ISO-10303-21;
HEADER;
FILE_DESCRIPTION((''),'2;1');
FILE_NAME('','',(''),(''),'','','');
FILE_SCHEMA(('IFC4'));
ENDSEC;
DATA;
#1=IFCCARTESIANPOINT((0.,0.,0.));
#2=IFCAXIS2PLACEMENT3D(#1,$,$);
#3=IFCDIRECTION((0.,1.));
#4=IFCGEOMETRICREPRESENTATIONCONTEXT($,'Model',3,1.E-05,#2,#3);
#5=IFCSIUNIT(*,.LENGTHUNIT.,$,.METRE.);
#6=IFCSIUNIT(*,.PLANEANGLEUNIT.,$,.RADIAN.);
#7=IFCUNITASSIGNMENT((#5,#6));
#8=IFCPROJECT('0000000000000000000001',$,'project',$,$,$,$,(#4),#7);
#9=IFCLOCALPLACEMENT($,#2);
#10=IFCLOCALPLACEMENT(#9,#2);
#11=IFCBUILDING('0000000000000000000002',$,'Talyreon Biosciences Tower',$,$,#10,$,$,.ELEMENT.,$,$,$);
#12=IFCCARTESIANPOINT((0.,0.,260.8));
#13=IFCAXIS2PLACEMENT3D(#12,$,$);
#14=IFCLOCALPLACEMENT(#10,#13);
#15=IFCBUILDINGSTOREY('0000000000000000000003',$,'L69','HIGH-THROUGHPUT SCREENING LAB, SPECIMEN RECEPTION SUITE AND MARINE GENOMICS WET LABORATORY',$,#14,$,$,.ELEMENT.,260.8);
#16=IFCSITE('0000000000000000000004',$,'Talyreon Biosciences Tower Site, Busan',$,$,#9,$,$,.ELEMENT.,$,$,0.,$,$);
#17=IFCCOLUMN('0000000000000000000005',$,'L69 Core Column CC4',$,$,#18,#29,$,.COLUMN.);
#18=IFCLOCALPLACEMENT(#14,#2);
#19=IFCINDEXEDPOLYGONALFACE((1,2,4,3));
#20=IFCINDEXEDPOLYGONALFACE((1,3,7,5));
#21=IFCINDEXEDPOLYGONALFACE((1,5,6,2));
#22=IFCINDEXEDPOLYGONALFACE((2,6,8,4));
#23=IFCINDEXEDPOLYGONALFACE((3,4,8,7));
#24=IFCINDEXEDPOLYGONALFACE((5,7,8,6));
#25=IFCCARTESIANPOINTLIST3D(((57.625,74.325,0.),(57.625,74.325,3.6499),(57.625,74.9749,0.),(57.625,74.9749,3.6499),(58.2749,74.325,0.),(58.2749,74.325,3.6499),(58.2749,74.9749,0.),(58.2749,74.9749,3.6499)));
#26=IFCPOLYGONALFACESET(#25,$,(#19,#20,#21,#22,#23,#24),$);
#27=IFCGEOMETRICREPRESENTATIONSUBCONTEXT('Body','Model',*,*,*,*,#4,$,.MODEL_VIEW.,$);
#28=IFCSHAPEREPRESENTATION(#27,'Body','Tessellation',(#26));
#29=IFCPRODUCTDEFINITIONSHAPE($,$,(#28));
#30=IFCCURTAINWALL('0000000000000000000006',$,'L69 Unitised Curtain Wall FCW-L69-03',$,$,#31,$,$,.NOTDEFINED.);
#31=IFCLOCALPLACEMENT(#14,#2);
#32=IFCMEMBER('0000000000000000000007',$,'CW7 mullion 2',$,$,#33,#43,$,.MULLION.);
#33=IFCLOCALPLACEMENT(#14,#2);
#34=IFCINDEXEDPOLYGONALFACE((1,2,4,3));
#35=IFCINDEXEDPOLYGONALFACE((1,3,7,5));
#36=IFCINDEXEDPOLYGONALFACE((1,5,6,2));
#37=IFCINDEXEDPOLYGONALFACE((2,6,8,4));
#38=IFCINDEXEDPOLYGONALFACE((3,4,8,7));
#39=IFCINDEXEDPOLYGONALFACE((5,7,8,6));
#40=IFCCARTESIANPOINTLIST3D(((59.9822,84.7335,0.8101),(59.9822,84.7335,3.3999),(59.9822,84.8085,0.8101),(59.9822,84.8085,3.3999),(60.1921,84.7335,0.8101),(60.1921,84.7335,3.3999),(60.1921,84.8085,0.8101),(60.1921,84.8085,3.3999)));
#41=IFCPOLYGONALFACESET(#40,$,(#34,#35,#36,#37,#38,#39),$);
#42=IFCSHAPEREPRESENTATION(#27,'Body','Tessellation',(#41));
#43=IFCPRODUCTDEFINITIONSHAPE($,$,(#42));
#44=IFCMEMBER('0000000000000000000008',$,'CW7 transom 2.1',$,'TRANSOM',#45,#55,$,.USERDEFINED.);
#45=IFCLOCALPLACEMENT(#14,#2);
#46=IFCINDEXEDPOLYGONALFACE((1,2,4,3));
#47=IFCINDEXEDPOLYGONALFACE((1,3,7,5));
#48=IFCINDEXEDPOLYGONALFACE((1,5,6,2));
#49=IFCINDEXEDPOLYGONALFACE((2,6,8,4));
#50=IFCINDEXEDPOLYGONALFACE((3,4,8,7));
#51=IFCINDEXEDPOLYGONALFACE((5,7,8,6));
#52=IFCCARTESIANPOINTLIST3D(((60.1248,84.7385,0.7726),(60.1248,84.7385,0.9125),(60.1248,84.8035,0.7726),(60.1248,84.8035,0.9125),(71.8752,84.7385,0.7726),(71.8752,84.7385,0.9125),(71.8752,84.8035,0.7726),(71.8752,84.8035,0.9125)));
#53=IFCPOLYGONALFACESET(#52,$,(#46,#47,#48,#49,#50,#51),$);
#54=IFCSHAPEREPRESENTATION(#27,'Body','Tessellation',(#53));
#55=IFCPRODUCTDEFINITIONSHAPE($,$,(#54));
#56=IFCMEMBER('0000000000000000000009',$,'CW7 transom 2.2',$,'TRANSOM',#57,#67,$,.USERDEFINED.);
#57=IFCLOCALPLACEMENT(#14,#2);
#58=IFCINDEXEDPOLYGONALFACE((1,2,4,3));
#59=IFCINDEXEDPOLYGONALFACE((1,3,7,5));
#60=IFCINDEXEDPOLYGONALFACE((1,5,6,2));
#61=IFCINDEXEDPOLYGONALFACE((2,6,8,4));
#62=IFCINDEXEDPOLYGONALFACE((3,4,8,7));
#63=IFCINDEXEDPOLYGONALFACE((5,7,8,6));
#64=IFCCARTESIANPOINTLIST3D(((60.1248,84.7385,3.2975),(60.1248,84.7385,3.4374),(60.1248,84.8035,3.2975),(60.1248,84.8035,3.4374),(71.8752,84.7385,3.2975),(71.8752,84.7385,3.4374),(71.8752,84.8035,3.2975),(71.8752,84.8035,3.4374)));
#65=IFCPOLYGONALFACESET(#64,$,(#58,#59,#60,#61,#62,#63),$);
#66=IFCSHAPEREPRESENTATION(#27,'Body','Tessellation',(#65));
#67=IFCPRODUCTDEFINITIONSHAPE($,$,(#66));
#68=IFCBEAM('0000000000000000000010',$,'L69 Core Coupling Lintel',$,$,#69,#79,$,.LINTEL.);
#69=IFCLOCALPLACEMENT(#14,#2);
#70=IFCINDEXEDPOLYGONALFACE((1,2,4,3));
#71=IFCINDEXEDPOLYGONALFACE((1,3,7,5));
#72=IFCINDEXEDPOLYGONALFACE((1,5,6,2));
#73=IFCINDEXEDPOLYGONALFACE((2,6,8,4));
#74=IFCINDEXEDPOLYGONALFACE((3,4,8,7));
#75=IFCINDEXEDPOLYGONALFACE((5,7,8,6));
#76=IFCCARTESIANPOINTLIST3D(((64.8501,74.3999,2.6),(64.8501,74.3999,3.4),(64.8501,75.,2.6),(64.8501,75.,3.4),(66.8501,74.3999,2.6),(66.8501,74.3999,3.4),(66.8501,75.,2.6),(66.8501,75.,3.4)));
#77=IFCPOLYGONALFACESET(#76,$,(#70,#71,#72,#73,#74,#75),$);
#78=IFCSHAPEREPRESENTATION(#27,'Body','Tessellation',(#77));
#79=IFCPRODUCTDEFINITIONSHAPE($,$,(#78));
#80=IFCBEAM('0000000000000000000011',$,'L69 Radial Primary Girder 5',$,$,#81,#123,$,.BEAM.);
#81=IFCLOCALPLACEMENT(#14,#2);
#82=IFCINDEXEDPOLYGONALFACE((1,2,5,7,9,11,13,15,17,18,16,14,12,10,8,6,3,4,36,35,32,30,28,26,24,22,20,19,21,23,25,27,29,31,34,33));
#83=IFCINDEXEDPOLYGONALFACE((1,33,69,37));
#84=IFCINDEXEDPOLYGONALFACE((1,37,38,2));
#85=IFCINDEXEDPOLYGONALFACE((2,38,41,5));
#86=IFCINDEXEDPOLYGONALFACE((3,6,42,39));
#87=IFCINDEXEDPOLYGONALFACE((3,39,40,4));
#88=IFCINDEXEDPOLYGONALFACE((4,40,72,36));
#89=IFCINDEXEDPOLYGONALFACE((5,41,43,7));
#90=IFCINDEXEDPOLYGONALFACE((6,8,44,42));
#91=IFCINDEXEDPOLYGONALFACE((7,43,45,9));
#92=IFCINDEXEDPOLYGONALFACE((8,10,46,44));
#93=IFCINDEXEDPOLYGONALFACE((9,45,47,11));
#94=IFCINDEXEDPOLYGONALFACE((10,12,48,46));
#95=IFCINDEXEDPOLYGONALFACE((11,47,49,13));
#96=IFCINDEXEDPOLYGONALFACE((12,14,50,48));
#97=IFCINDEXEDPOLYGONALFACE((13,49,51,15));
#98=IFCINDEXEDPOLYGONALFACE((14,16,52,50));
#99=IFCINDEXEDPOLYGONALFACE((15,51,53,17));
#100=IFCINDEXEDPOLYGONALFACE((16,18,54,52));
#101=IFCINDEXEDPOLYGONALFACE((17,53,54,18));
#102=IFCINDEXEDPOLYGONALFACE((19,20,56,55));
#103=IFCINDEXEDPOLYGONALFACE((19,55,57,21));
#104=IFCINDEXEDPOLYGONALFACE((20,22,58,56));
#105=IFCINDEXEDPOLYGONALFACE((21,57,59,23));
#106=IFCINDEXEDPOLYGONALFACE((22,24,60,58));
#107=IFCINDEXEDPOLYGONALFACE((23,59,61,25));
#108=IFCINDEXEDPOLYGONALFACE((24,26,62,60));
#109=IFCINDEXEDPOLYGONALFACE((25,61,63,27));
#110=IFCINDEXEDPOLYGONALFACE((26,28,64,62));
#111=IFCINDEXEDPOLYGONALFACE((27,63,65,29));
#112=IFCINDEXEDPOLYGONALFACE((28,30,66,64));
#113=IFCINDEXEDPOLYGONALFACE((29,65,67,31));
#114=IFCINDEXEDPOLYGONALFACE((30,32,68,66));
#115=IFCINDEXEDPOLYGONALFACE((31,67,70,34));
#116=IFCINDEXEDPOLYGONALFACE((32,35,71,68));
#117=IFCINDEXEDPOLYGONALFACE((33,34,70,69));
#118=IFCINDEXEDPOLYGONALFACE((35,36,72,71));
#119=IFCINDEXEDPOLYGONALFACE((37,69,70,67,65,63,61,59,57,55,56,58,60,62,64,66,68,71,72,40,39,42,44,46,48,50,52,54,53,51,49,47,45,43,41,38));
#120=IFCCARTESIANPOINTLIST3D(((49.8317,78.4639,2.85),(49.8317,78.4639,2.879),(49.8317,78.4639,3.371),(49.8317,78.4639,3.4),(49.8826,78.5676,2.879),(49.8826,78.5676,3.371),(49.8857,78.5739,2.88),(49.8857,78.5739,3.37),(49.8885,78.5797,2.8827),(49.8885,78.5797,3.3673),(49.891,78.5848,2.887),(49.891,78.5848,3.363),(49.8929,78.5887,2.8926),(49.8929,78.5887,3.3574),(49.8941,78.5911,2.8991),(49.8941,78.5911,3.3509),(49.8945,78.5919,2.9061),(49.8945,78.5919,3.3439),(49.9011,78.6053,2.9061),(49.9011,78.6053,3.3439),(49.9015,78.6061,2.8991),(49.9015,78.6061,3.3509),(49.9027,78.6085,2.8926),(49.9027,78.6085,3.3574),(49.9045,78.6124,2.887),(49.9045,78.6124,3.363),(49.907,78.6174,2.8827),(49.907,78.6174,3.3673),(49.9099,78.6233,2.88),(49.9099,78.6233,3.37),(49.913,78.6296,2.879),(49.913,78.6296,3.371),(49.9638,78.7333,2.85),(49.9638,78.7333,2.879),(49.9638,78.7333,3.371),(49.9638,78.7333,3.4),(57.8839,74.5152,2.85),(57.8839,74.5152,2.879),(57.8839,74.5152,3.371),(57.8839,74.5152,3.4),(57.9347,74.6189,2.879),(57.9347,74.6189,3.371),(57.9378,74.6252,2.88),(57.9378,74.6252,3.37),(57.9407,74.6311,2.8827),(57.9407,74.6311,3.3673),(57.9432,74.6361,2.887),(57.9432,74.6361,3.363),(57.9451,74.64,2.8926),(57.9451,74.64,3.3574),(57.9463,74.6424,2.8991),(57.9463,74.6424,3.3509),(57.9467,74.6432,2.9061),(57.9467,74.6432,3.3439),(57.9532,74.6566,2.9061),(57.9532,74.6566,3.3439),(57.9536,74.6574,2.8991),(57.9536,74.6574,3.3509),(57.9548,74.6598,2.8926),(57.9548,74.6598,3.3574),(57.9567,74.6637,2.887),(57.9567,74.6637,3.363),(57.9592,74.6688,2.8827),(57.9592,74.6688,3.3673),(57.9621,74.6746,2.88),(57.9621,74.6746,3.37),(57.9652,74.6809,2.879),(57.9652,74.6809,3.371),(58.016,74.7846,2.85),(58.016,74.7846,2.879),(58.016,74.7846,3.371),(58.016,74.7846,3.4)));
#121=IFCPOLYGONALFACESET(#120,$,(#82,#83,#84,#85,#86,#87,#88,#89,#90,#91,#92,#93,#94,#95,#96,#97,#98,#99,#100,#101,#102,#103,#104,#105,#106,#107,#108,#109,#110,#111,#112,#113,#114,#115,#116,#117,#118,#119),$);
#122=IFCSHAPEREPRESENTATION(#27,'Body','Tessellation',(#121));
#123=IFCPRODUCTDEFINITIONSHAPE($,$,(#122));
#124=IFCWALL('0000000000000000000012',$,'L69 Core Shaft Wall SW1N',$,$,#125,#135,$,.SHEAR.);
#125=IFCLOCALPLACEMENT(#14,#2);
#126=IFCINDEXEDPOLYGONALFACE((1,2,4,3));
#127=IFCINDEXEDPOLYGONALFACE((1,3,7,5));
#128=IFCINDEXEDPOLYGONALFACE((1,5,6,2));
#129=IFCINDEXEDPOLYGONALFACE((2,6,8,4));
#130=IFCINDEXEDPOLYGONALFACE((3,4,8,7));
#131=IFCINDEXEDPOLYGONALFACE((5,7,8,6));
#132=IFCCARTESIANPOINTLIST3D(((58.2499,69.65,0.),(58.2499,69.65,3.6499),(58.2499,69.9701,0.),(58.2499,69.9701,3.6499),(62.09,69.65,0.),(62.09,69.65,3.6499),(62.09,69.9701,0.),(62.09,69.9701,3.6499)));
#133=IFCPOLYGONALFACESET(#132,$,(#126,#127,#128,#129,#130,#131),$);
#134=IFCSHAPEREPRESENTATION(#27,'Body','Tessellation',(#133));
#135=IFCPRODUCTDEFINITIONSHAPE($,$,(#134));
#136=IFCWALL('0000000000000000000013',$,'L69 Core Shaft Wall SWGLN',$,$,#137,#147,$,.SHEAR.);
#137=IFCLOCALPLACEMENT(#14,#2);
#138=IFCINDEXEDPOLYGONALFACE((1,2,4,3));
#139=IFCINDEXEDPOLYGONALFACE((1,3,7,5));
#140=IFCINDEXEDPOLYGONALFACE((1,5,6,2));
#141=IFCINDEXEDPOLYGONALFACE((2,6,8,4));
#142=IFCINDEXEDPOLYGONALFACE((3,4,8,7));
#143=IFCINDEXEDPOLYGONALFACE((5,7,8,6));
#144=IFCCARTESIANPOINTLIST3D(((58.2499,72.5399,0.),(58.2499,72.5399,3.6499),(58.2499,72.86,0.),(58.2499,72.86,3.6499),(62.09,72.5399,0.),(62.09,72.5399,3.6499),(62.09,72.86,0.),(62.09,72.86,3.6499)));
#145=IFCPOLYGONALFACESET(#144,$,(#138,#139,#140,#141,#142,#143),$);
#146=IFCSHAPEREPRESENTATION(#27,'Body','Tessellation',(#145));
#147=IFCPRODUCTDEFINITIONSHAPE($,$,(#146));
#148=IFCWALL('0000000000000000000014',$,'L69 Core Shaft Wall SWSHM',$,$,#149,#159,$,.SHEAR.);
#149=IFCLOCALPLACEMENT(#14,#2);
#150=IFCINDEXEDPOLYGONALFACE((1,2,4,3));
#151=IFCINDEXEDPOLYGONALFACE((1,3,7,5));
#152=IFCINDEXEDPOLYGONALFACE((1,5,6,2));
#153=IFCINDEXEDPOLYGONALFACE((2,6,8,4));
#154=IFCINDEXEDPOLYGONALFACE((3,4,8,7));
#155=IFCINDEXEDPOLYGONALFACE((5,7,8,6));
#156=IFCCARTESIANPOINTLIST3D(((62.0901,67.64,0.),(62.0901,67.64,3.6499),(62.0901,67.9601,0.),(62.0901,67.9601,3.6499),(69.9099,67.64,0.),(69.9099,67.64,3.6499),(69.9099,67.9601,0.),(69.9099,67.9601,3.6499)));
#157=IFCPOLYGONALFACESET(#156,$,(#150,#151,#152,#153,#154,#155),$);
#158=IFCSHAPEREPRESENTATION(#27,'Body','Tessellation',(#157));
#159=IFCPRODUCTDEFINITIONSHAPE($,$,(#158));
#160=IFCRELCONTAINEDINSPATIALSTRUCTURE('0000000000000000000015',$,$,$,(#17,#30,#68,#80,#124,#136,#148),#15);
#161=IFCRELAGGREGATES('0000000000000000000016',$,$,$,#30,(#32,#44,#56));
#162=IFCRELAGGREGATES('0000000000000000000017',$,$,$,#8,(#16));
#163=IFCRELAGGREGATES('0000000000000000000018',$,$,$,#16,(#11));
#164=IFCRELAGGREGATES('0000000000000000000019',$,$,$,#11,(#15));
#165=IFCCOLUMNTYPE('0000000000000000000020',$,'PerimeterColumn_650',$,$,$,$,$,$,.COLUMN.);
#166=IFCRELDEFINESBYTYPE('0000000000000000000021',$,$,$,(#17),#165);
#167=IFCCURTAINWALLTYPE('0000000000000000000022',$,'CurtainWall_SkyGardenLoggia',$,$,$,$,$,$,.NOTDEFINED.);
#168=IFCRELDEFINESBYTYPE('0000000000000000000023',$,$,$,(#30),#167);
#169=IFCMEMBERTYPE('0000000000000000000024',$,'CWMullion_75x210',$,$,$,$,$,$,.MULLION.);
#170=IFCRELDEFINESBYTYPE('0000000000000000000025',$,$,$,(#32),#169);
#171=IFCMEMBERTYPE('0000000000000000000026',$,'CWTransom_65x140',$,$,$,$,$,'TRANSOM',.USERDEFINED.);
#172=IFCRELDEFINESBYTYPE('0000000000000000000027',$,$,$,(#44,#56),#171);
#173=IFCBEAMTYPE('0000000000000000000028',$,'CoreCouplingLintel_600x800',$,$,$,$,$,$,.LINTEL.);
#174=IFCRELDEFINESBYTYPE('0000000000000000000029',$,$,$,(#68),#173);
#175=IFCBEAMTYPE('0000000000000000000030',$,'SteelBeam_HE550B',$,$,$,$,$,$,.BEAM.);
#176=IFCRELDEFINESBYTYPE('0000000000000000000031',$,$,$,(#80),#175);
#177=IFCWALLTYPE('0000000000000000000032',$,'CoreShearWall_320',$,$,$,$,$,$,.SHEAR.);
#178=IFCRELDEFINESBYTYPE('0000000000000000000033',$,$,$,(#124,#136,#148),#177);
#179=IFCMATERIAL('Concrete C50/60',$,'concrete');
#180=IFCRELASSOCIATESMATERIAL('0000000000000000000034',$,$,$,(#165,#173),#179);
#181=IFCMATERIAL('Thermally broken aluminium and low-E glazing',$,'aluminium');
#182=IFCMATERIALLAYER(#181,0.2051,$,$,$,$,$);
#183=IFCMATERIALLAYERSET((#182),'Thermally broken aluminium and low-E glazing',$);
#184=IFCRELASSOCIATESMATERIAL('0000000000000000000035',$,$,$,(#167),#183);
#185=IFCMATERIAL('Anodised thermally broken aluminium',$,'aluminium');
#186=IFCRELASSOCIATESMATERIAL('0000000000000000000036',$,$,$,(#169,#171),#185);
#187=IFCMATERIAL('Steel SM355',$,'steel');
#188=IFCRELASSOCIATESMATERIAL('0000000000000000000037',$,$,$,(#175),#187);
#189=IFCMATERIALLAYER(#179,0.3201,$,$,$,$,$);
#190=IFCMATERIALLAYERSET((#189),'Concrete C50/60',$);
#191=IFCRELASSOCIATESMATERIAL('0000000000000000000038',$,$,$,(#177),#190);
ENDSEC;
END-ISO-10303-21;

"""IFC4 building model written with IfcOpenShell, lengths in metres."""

from ifc_helpers import new_model, si_unit, direction, frame, frame_2d, origin, origin_2d, place, context, subcontext, project, spatial, rectangle, i_section, extrude, material, layer, layer_set, material_profile, profile_set, type_object, element, aggregate, save


model = new_model("IFC4")

# Units and contexts
model_context = context("Model", 3, precision=1e-05, world=origin(), true_north=direction((0.0, 1.0)))
body_context = subcontext(model_context, "Body", "Model", "MODEL_VIEW")
ifc_project = project(units=[si_unit("LENGTHUNIT", "METRE"), si_unit("PLANEANGLEUNIT", "RADIAN")], contexts=[model_context])

# Site, building, storey
site_placement = place(None, origin())
site = spatial("IfcSite", under=ifc_project, at=site_placement, Name="Talyreon Biosciences Tower Site, Busan", CompositionType="ELEMENT", RefElevation=0.0)
building_placement = place(site_placement, origin())
building = spatial("IfcBuilding", under=site, at=building_placement, Name="Talyreon Biosciences Tower", CompositionType="ELEMENT")
storey_placement = place(building_placement, frame((0.0, 0.0, 260.8)))
storey = spatial("IfcBuildingStorey", under=building, at=storey_placement, Name="L69", Description="HIGH-THROUGHPUT SCREENING LAB, SPECIMEN RECEPTION SUITE AND MARINE GENOMICS WET LABORATORY", CompositionType="ELEMENT", Elevation=260.8)

# Column
ifc_material_1 = material(Name="Concrete C50/60", Category="concrete")
ifc_material_profile_1 = material_profile(ifc_material_1, rectangle(XDim=0.6499, YDim=0.6499, at=origin_2d()), Name="RC 650x650")
ifc_profile_set_1 = profile_set([ifc_material_profile_1], Name="Concrete C50/60")
column_type = type_object("IfcColumnType", Name="PerimeterColumn_650", PredefinedType="COLUMN", material=ifc_profile_set_1)
column_placement = place(storey_placement, frame((57.95, 74.6499, 0.0), z_axis=(0.0, 0.0, 1.0), x_axis=(1.0, 0.0, 0.0)))
element("IfcColumn", 1, at=column_placement, inside=storey, type_object=column_type, Name="L69 Core Column CC4", PredefinedType="COLUMN", context=body_context, shape_type="SweptSolid", body=[
    extrude(rectangle(XDim=0.6499, YDim=0.6499, at=origin_2d()), origin(), (0.0, 0.0, 1.0), 3.6499),
])

# Curtain wall, members
ifc_material_2 = material(Name="Thermally broken aluminium and low-E glazing", Category="aluminium")
ifc_layer_1 = layer(ifc_material_2, 0.2051)
ifc_layer_set_1 = layer_set([ifc_layer_1], Name="Thermally broken aluminium and low-E glazing")
curtain_wall_type = type_object("IfcCurtainWallType", Name="CurtainWall_SkyGardenLoggia", PredefinedType="NOTDEFINED", material=ifc_layer_set_1)
curtain_wall_placement = place(storey_placement, origin())
curtain_wall = element("IfcCurtainWall", 2, at=curtain_wall_placement, inside=storey, type_object=curtain_wall_type, Name="L69 Unitised Curtain Wall FCW-L69-03", PredefinedType="NOTDEFINED")
ifc_material_3 = material(Name="Anodised thermally broken aluminium", Category="aluminium")
ifc_material_profile_2 = material_profile(ifc_material_3, rectangle(XDim=0.075, YDim=0.21, at=origin_2d()), Name="ALUM MULLION 75x210")
ifc_profile_set_2 = profile_set([ifc_material_profile_2], Name="Anodised thermally broken aluminium")
member_type_1 = type_object("IfcMemberType", Name="CWMullion_75x210", PredefinedType="MULLION", material=ifc_profile_set_2)
member_1_placement = place(storey_placement, frame((60.0872, 84.771, 0.8101), z_axis=(0.0, 0.0, 1.0), x_axis=(0.0, 1.0, 0.0)))
member_1 = element("IfcMember", 3, at=member_1_placement, type_object=member_type_1, Name="CW7 mullion 2", PredefinedType="MULLION", context=body_context, shape_type="SweptSolid", body=[
    extrude(rectangle(XDim=0.075, YDim=0.21, at=origin_2d()), origin(), (0.0, 0.0, 1.0), 2.5898),
])
ifc_material_profile_3 = material_profile(ifc_material_3, rectangle(XDim=0.0649, YDim=0.1399, at=origin_2d()), Name="ALUM TRANSOM 65x140")
ifc_profile_set_3 = profile_set([ifc_material_profile_3], Name="Anodised thermally broken aluminium")
member_type_2 = type_object("IfcMemberType", Name="CWTransom_65x140", ElementType="TRANSOM", PredefinedType="USERDEFINED", material=ifc_profile_set_3)
member_2_placement = place(storey_placement, frame((60.1248, 84.771, 0.8425), z_axis=(1.0, 0.0, 0.0), x_axis=(0.0, 1.0, 0.0)))
member_2 = element("IfcMember", 4, at=member_2_placement, type_object=member_type_2, Name="CW7 transom 2.1", ObjectType="TRANSOM", PredefinedType="USERDEFINED", context=body_context, shape_type="SweptSolid", body=[
    extrude(rectangle(XDim=0.0649, YDim=0.1399, at=origin_2d()), origin(), (0.0, 0.0, 1.0), 11.7505),
])
member_3_placement = place(storey_placement, frame((60.1248, 84.771, 3.3674), z_axis=(1.0, 0.0, 0.0), x_axis=(0.0, 1.0, 0.0)))
member_3 = element("IfcMember", 5, at=member_3_placement, type_object=member_type_2, Name="CW7 transom 2.2", ObjectType="TRANSOM", PredefinedType="USERDEFINED", context=body_context, shape_type="SweptSolid", body=[
    extrude(rectangle(XDim=0.0649, YDim=0.1399, at=origin_2d()), origin(), (0.0, 0.0, 1.0), 11.7505),
])
aggregate(curtain_wall, [member_1, member_2, member_3])

# Beams
ifc_material_profile_4 = material_profile(ifc_material_1, rectangle(XDim=0.6001, YDim=0.8, at=origin_2d()), Name="RCB 600x800")
ifc_profile_set_4 = profile_set([ifc_material_profile_4], Name="Concrete C50/60")
beam_type_1 = type_object("IfcBeamType", Name="CoreCouplingLintel_600x800", PredefinedType="LINTEL", material=ifc_profile_set_4)
beam_1_placement = place(storey_placement, frame((64.8501, 74.7, 3.0), z_axis=(1.0, 0.0, 0.0), x_axis=(0.0, 1.0, 0.0)))
element("IfcBeam", 6, at=beam_1_placement, inside=storey, type_object=beam_type_1, Name="L69 Core Coupling Lintel", PredefinedType="LINTEL", context=body_context, shape_type="SweptSolid", body=[
    extrude(rectangle(XDim=0.6001, YDim=0.8, at=origin_2d()), origin(), (0.0, 0.0, 1.0), 2.0),
])
ifc_material_4 = material(Name="Steel SM355", Category="steel")
ifc_material_profile_5 = material_profile(ifc_material_4, i_section(OverallWidth=0.3, OverallDepth=0.55, WebThickness=0.0149, FlangeThickness=0.0291, FilletRadius=0.0271, at=origin_2d()), Name="HE550B")
ifc_profile_set_5 = profile_set([ifc_material_profile_5], Name="Steel SM355")
beam_type_2 = type_object("IfcBeamType", Name="SteelBeam_HE550B", PredefinedType="BEAM", material=ifc_profile_set_5)
beam_2_placement = place(storey_placement, frame((57.95, 74.6499, 3.125), z_axis=(-0.897852, 0.440297, 0.0), x_axis=(-0.440297, -0.897852, 0.0)))
element("IfcBeam", 7, at=beam_2_placement, inside=storey, type_object=beam_type_2, Name="L69 Radial Primary Girder 5", PredefinedType="BEAM", context=body_context, shape_type="SweptSolid", body=[
    extrude(i_section(OverallWidth=0.3, OverallDepth=0.55, WebThickness=0.0149, FlangeThickness=0.0291, FilletRadius=0.0271, at=origin_2d()), origin(), (0.0, 0.0, 1.0), 8.9683),
])

# Walls
ifc_layer_2 = layer(ifc_material_1, 0.3201)
ifc_layer_set_2 = layer_set([ifc_layer_2], Name="Concrete C50/60")
wall_type_1 = type_object("IfcWallType", Name="CoreShearWall_320", PredefinedType="SHEAR", material=ifc_layer_set_2)
for number, where, z_axis, x_axis, name in (
    (8, (58.25, 69.8101, 0.0), (0.0, 0.0, 1.0), (1.0, 0.0, 0.0), "L69 Core Shaft Wall SW1N"),
    (9, (58.25, 72.7, 0.0), (0.0, 0.0, 1.0), (1.0, 0.0, 0.0), "L69 Core Shaft Wall SWGLN"),
):
    element("IfcWall", number, at=place(storey_placement, frame(where, z_axis=z_axis, x_axis=x_axis)), inside=storey, type_object=wall_type_1, Name=name, PredefinedType="SHEAR", context=body_context, shape_type="SweptSolid", body=[
        extrude(rectangle(XDim=3.8401, YDim=0.3201, at=frame_2d((1.9199, 0.0))), origin(), (0.0, 0.0, 1.0), 3.6499),
    ])
wall_1_placement = place(storey_placement, frame((62.0901, 67.8, 0.0), z_axis=(0.0, 0.0, 1.0), x_axis=(1.0, 0.0, 0.0)))
element("IfcWall", 10, at=wall_1_placement, inside=storey, type_object=wall_type_1, Name="L69 Core Shaft Wall SWSHM", PredefinedType="SHEAR", context=body_context, shape_type="SweptSolid", body=[
    extrude(rectangle(XDim=7.8198, YDim=0.3201, at=frame_2d((3.9099, 0.0))), origin(), (0.0, 0.0, 1.0), 3.6499),
])

save(model, "model.ifc")
